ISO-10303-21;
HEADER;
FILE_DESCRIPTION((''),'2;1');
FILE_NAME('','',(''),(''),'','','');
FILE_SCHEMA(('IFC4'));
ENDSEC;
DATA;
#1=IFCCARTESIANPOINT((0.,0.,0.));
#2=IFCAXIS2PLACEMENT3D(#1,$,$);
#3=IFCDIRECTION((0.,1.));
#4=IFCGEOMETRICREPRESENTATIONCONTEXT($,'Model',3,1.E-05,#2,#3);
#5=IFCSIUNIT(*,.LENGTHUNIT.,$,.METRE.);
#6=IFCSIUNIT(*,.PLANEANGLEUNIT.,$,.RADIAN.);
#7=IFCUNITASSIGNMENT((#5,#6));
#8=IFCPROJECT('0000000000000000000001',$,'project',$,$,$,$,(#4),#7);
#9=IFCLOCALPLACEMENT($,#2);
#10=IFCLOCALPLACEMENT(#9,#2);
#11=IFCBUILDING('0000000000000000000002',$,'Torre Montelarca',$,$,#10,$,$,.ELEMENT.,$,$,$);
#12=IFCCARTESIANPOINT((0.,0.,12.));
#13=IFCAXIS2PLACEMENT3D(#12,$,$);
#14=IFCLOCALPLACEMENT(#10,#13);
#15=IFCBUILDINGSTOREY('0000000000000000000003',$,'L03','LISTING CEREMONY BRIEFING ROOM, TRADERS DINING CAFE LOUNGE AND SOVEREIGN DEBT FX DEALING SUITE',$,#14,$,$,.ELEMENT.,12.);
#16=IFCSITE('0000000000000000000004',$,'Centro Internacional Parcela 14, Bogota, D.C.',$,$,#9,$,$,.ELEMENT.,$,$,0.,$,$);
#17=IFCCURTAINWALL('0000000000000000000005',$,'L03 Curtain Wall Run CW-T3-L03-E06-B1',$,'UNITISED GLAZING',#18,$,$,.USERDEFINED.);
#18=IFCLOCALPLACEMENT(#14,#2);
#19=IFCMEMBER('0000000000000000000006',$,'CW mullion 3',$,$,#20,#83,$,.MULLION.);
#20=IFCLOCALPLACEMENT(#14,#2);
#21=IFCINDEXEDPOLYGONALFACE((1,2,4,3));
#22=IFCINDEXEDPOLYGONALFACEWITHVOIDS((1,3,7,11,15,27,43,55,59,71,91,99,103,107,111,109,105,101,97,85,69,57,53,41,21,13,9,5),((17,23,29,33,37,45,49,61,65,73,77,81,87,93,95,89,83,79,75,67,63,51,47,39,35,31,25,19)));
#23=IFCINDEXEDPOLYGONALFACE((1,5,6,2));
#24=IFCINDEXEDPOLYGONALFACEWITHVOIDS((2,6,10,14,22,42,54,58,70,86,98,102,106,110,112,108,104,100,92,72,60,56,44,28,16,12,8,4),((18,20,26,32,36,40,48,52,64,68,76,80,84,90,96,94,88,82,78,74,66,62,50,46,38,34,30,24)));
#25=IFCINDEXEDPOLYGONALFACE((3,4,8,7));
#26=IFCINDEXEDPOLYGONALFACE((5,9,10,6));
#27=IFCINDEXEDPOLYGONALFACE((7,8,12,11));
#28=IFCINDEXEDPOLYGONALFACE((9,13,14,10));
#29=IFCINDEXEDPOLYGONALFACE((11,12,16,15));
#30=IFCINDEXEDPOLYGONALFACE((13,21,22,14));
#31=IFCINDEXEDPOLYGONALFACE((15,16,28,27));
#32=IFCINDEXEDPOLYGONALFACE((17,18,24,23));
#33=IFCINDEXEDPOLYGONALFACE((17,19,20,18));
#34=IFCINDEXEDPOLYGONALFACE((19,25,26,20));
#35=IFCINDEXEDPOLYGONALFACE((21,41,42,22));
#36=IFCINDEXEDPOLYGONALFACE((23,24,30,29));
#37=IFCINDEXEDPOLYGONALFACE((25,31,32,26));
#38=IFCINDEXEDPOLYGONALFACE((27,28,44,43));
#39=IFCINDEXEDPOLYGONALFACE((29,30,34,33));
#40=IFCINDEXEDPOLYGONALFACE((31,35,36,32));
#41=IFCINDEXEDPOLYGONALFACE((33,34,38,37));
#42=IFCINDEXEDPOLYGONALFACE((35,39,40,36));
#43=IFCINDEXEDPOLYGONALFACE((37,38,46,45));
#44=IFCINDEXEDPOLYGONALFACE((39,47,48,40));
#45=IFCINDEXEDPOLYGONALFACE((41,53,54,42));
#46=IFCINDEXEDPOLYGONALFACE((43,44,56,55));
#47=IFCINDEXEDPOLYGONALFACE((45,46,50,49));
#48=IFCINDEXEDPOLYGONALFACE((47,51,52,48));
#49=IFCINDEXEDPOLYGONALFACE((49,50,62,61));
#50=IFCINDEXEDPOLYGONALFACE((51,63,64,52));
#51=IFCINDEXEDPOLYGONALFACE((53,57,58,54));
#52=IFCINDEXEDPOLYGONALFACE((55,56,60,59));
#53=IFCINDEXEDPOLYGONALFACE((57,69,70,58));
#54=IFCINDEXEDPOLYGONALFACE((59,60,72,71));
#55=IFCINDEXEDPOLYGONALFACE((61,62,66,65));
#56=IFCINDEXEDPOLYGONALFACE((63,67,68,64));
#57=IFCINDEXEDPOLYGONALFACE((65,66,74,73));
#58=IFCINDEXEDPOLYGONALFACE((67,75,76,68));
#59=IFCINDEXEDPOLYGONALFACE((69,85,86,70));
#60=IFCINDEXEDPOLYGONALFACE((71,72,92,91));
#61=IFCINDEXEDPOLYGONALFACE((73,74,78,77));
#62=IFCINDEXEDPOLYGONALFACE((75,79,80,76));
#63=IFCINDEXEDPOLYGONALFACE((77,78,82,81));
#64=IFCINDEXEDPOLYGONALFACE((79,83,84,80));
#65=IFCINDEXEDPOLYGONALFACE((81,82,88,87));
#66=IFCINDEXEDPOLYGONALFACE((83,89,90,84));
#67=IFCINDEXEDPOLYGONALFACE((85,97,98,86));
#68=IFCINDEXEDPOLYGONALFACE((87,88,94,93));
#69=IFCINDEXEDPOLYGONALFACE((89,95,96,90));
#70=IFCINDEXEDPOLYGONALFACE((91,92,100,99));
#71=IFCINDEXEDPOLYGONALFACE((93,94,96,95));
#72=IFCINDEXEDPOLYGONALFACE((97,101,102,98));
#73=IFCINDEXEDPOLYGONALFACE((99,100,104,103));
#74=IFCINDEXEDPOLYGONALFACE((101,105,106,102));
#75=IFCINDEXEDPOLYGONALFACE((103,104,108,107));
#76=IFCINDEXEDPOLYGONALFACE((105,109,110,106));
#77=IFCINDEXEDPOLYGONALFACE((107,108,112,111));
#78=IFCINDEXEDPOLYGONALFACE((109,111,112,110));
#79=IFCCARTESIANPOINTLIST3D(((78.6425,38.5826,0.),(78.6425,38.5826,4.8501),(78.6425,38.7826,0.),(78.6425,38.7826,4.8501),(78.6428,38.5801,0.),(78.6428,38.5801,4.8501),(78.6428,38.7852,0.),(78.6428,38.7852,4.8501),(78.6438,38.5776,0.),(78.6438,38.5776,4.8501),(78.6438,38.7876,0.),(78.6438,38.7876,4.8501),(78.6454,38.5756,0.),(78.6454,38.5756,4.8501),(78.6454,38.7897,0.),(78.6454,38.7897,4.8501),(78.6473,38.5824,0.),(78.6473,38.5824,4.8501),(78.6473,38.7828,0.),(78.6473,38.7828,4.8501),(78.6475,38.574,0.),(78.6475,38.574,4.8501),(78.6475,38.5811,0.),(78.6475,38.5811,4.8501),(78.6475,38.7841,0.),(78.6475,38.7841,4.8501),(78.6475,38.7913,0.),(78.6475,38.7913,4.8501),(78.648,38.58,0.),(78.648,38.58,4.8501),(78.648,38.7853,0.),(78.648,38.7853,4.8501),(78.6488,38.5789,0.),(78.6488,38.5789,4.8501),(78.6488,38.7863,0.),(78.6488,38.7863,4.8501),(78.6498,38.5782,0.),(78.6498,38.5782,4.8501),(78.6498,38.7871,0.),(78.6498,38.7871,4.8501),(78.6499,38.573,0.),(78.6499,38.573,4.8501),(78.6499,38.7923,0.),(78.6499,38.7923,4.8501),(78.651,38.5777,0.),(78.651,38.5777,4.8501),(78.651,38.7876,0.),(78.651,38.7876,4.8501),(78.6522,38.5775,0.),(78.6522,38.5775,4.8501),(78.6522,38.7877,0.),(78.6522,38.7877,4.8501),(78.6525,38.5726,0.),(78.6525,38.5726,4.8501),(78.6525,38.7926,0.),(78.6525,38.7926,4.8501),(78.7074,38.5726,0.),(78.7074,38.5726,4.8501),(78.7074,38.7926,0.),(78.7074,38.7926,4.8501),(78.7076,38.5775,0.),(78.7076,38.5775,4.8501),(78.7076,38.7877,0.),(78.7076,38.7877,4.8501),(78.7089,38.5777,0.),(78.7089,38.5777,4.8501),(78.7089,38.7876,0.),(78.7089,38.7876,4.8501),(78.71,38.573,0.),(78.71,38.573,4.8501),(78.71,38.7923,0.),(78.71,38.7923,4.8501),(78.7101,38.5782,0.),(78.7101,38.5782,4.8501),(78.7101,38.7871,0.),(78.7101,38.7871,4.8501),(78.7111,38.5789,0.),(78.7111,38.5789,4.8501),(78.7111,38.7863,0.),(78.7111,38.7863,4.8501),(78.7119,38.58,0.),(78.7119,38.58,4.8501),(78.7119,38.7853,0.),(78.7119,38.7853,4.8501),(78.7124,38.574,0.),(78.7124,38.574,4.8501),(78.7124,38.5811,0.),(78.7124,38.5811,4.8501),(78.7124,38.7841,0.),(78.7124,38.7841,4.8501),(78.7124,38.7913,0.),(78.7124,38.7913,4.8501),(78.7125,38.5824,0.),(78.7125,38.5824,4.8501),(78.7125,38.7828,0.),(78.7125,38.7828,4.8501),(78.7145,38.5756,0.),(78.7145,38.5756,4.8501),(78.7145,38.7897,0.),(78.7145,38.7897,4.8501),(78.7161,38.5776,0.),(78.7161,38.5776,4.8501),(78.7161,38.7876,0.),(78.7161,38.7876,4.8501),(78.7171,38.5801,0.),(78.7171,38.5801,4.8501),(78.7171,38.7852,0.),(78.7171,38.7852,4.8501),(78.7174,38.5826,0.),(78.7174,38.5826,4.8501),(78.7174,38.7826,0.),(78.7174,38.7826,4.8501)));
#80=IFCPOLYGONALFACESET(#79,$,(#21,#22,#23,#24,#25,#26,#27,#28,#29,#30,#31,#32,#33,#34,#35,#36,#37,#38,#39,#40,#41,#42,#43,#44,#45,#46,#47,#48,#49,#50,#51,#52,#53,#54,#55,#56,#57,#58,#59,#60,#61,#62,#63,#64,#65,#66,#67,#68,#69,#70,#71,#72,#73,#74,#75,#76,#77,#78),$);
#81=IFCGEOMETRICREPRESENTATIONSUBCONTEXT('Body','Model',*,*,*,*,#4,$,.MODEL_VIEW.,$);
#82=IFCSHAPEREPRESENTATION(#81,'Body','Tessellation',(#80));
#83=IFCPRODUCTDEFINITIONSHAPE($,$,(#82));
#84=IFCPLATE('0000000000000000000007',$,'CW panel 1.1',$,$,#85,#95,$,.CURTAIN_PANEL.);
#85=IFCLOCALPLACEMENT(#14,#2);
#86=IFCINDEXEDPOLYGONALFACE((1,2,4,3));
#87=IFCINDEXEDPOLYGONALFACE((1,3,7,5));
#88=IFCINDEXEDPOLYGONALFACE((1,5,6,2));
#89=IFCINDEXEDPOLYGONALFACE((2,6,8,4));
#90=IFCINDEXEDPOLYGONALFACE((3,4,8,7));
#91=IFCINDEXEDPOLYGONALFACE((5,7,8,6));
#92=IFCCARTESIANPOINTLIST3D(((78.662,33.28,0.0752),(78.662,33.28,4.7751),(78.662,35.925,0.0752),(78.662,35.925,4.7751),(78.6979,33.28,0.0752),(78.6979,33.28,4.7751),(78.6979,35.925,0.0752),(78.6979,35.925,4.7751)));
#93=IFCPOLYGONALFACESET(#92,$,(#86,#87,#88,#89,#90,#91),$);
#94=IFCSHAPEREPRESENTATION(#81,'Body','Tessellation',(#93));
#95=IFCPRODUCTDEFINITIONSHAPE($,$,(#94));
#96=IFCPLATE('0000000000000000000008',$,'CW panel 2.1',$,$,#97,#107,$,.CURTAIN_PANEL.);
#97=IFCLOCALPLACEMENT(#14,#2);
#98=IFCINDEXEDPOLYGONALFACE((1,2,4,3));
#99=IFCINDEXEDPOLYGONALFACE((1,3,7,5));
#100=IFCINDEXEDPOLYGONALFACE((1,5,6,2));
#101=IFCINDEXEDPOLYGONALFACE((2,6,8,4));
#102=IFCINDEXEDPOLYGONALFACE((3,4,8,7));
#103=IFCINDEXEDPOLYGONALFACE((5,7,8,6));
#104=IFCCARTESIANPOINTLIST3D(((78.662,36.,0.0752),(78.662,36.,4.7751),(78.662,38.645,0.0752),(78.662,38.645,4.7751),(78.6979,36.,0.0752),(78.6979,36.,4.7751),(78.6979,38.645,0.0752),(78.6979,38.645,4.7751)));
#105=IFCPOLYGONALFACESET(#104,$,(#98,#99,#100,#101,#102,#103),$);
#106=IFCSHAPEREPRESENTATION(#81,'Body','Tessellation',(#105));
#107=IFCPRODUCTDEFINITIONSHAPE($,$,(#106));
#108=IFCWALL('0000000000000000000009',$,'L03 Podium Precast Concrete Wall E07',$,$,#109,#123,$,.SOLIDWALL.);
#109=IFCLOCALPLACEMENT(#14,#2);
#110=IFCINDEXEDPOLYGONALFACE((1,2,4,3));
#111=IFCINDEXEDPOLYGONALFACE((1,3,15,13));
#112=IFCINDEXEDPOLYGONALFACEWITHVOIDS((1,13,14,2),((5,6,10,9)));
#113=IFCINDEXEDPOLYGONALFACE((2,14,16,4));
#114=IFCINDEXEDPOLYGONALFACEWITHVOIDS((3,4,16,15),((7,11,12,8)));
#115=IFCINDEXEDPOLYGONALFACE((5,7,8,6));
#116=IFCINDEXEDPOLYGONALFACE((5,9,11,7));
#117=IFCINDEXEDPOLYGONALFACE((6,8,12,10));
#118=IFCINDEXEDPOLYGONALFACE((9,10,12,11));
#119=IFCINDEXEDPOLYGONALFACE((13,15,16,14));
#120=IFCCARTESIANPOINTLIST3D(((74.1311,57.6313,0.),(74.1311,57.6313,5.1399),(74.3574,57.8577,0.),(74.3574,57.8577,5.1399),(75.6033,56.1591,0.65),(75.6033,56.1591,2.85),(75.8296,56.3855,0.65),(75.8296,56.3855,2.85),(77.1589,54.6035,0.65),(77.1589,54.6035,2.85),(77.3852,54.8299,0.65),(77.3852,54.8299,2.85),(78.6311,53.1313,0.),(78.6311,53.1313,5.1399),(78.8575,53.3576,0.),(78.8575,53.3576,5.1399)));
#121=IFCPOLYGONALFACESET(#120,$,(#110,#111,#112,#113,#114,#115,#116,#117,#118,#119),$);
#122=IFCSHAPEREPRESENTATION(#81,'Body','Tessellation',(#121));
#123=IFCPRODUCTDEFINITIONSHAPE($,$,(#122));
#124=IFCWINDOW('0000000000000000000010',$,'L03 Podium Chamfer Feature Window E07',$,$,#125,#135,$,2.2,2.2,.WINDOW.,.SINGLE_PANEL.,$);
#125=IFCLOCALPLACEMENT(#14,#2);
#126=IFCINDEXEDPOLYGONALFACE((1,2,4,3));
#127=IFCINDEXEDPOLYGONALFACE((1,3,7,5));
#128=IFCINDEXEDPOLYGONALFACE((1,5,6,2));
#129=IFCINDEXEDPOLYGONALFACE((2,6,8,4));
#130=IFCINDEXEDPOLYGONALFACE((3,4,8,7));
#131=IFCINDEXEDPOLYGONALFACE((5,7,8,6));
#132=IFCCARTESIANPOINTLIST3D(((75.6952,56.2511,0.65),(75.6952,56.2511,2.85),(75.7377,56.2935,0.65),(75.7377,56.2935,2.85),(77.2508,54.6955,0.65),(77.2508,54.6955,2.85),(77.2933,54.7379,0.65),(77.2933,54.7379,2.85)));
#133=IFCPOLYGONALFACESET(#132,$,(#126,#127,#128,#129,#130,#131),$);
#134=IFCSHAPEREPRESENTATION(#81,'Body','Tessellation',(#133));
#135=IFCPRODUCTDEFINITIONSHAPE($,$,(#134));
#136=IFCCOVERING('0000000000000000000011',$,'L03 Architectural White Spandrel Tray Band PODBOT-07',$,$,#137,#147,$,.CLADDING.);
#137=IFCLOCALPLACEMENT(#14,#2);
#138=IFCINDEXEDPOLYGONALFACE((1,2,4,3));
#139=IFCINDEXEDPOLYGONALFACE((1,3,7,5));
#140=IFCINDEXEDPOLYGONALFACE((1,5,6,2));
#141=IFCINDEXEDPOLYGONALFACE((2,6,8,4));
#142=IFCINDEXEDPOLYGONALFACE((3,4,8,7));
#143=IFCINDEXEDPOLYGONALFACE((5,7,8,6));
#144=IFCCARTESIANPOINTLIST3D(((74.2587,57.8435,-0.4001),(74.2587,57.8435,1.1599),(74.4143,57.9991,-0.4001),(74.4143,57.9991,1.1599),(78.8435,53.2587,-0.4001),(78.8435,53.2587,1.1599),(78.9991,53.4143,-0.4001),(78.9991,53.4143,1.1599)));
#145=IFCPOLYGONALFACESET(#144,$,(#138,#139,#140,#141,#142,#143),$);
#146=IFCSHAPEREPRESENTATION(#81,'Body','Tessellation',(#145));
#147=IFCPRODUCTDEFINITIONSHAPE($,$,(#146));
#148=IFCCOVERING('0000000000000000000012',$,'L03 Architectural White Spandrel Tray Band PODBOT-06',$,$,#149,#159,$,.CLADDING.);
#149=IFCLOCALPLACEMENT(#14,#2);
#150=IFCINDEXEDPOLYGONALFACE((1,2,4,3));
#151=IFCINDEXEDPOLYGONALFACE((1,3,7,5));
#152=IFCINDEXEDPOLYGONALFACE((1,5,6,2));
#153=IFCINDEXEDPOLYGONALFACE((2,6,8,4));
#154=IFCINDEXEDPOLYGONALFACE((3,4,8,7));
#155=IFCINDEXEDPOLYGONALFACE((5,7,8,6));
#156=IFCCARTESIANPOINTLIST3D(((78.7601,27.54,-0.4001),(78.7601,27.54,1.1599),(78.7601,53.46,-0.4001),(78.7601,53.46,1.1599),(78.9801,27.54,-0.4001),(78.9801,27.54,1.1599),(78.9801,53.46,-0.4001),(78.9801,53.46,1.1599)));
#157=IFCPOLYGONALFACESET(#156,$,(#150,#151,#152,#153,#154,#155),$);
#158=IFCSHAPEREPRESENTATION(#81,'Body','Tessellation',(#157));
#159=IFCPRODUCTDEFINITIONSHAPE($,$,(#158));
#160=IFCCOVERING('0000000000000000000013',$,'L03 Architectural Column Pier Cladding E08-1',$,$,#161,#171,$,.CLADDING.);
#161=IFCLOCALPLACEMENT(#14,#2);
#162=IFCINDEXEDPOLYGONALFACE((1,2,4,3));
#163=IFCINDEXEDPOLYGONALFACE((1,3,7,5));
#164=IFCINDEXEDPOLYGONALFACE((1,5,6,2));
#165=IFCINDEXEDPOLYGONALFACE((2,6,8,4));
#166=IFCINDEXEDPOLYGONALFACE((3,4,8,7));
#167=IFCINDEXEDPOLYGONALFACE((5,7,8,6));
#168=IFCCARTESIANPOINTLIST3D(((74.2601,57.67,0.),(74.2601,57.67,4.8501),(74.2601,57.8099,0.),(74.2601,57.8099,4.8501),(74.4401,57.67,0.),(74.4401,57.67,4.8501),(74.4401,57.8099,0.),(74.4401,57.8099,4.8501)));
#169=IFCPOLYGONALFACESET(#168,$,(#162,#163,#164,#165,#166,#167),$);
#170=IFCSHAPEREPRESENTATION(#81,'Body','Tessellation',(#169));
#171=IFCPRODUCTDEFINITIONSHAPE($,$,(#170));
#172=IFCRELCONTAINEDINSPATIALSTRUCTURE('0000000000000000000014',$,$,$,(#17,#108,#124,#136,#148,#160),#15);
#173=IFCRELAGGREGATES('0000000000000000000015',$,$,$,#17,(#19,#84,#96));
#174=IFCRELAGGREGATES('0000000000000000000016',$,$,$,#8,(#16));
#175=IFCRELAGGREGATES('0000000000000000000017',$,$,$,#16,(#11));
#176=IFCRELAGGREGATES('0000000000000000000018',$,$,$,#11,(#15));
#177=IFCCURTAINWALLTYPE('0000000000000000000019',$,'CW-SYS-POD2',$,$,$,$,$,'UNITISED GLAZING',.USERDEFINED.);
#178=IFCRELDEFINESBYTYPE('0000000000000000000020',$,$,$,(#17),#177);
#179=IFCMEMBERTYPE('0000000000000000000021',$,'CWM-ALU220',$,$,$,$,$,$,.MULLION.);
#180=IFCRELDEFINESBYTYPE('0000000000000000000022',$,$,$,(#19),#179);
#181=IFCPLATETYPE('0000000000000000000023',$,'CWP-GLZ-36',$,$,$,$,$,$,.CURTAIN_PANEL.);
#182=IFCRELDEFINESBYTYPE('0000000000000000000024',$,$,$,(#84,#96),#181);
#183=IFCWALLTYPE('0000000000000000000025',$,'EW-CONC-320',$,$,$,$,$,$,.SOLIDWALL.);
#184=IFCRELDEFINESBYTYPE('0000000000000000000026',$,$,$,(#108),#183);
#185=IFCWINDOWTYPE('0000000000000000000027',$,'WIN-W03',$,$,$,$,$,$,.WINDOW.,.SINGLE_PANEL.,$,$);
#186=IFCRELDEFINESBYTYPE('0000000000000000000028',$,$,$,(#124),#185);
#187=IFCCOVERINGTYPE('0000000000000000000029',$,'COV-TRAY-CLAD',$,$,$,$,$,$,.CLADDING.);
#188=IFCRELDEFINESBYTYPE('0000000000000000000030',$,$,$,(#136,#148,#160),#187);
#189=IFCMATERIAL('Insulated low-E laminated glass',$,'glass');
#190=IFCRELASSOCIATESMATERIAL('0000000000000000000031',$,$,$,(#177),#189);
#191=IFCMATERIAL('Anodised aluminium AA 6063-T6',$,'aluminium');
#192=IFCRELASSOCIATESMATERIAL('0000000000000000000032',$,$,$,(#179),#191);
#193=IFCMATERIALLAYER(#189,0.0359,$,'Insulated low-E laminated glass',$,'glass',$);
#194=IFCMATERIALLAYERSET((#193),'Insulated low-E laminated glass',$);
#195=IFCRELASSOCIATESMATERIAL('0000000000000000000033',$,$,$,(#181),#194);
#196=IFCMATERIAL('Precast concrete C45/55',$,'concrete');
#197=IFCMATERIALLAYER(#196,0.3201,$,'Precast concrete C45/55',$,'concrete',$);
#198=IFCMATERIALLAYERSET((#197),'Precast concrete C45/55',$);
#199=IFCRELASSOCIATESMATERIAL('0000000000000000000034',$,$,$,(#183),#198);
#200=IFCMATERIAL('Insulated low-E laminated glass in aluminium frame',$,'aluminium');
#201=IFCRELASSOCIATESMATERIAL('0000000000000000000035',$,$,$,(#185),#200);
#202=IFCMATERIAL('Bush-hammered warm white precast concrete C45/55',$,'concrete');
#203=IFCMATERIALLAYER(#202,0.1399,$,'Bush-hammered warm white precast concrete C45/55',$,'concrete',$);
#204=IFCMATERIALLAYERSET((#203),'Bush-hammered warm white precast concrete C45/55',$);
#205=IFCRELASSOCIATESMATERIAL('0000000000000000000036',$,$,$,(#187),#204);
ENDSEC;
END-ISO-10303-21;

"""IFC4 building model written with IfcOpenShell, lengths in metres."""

from ifc_helpers import new_model, si_unit, direction, frame, frame_2d, origin, origin_2d, place, context, subcontext, project, spatial, rectangle, hollow_rectangle, extrude, source, transform, mapped, material, layer, layer_set, material_profile, profile_set, type_object, element, fill, aggregate, save


model = new_model("IFC4")

# Units and contexts
model_context = context("Model", 3, precision=1e-05, world=origin(), true_north=direction((0.0, 1.0)))
body_context = subcontext(model_context, "Body", "Model", "MODEL_VIEW")
ifc_project = project(units=[si_unit("LENGTHUNIT", "METRE"), si_unit("PLANEANGLEUNIT", "RADIAN")], contexts=[model_context])

# Site, building, storey
site_placement = place(None, origin())
site = spatial("IfcSite", under=ifc_project, at=site_placement, Name="Centro Internacional Parcela 14, Bogota, D.C.", CompositionType="ELEMENT", RefElevation=0.0)
building_placement = place(site_placement, origin())
building = spatial("IfcBuilding", under=site, at=building_placement, Name="Torre Montelarca", CompositionType="ELEMENT")
storey_placement = place(building_placement, frame((0.0, 0.0, 12.0)))
storey = spatial("IfcBuildingStorey", under=building, at=storey_placement, Name="L03", Description="LISTING CEREMONY BRIEFING ROOM, TRADERS DINING CAFE LOUNGE AND SOVEREIGN DEBT FX DEALING SUITE", CompositionType="ELEMENT", Elevation=12.0)

# Curtain wall, member, plates
ifc_material_1 = material(Name="Insulated low-E laminated glass", Category="glass")
curtain_wall_type = type_object("IfcCurtainWallType", Name="CW-SYS-POD2", ElementType="UNITISED GLAZING", PredefinedType="USERDEFINED", material=ifc_material_1)
curtain_wall_placement = place(storey_placement, origin())
curtain_wall = element("IfcCurtainWall", 1, at=curtain_wall_placement, inside=storey, type_object=curtain_wall_type, Name="L03 Curtain Wall Run CW-T3-L03-E06-B1", ObjectType="UNITISED GLAZING", PredefinedType="USERDEFINED")
ifc_material_2 = material(Name="Anodised aluminium AA 6063-T6", Category="aluminium")
ifc_material_profile_1 = material_profile(ifc_material_2, hollow_rectangle(XDim=0.075, YDim=0.22, WallThickness=0.0049, InnerFilletRadius=0.0049, OuterFilletRadius=0.01, at=origin_2d()), Name="ALU75X220X5", Category="aluminium")
ifc_profile_set_1 = profile_set([ifc_material_profile_1], Name="Anodised aluminium AA 6063-T6")
member_type_1 = type_object("IfcMemberType", Name="CWM-ALU220", PredefinedType="MULLION", material=ifc_profile_set_1)
shared_shape_1 = source(origin(), body_context, "Body", "SweptSolid", [
    extrude(hollow_rectangle(XDim=0.075, YDim=0.22, WallThickness=0.0049, InnerFilletRadius=0.0049, OuterFilletRadius=0.01, at=origin_2d()), origin(), (0.0, 0.0, 1.0), 4.8501),
])
member_1_placement = place(storey_placement, frame((78.6799, 38.6826, 0.0), z_axis=(0.0, 0.0, 1.0), x_axis=(-1.0, 0.0, 0.0)))
member_1 = element("IfcMember", 2, at=member_1_placement, type_object=member_type_1, Name="CW mullion 3", PredefinedType="MULLION", context=body_context, shape_type="MappedRepresentation", body=[
    mapped(shared_shape_1, transform((0.0, 0.0, 0.0), scale=1.0)),
])
ifc_layer_1 = layer(ifc_material_1, 0.0359, Name="Insulated low-E laminated glass", Category="glass")
ifc_layer_set_1 = layer_set([ifc_layer_1], Name="Insulated low-E laminated glass")
plate_type = type_object("IfcPlateType", Name="CWP-GLZ-36", PredefinedType="CURTAIN_PANEL", material=ifc_layer_set_1)
shared_shape_2 = source(origin(), body_context, "Body", "SweptSolid", [
    extrude(rectangle(XDim=2.645, YDim=0.0359, at=origin_2d()), origin(), (0.0, 0.0, 1.0), 4.7),
])
plate_1_placement = place(storey_placement, frame((78.6799, 34.6025, 0.0752), z_axis=(0.0, 0.0, 1.0), x_axis=(0.0, 1.0, 0.0)))
plate_1 = element("IfcPlate", 3, at=plate_1_placement, type_object=plate_type, Name="CW panel 1.1", PredefinedType="CURTAIN_PANEL", context=body_context, shape_type="MappedRepresentation", body=[
    mapped(shared_shape_2, transform((0.0, 0.0, 0.0), scale=1.0)),
])
plate_2_placement = place(storey_placement, frame((78.6799, 37.3225, 0.0752), z_axis=(0.0, 0.0, 1.0), x_axis=(0.0, 1.0, 0.0)))
plate_2 = element("IfcPlate", 4, at=plate_2_placement, type_object=plate_type, Name="CW panel 2.1", PredefinedType="CURTAIN_PANEL", context=body_context, shape_type="MappedRepresentation", body=[
    mapped(shared_shape_2, transform((0.0, 0.0, 0.0), scale=1.0)),
])
aggregate(curtain_wall, [member_1, plate_1, plate_2])

# Wall, opening, window
ifc_material_3 = material(Name="Precast concrete C45/55", Category="concrete")
ifc_layer_2 = layer(ifc_material_3, 0.3201, Name="Precast concrete C45/55", Category="concrete")
ifc_layer_set_2 = layer_set([ifc_layer_2], Name="Precast concrete C45/55")
wall_type = type_object("IfcWallType", Name="EW-CONC-320", PredefinedType="SOLIDWALL", material=ifc_layer_set_2)
wall_placement = place(storey_placement, frame((78.7444, 53.2444, 0.0), z_axis=(0.0, 0.0, 1.0), x_axis=(-0.707107, 0.707107, 0.0)))
wall = element("IfcWall", 5, at=wall_placement, inside=storey, type_object=wall_type, Name="L03 Podium Precast Concrete Wall E07", PredefinedType="SOLIDWALL", context=body_context, shape_type="SweptSolid", body=[
    extrude(rectangle(XDim=6.364, YDim=0.3201, at=frame_2d((3.1821, 0.0))), origin(), (0.0, 0.0, 1.0), 5.1399),
])
opening_placement = place(wall_placement, frame((2.082, 0.0, 0.6499)))
opening = element("IfcOpeningElement", 6, at=opening_placement, cuts=wall, PredefinedType="OPENING", context=body_context, shape_type="SweptSolid", body=[
    extrude(rectangle(XDim=2.2, YDim=2.2, at=frame_2d((1.1001, 1.1001))), frame((0.0, 0.1699, 0.0), z_axis=(0.0, -1.0, 0.0), x_axis=(1.0, 0.0, 0.0)), (0.0, 0.0, 1.0), 0.3401),
])
ifc_material_4 = material(Name="Insulated low-E laminated glass in aluminium frame", Category="aluminium")
window_type = type_object("IfcWindowType", Name="WIN-W03", PartitioningType="SINGLE_PANEL", PredefinedType="WINDOW", material=ifc_material_4)
shared_shape_3 = source(origin(), body_context, "Body", "SweptSolid", [
    extrude(rectangle(XDim=2.2, YDim=2.2, at=frame_2d((1.1001, 1.1001))), frame((0.0, 0.03, 0.0), z_axis=(0.0, -1.0, 0.0), x_axis=(1.0, 0.0, 0.0)), (0.0, 0.0, 1.0), 0.0601),
])
window_placement = place(opening_placement, origin())
window = element("IfcWindow", 7, at=window_placement, inside=storey, type_object=window_type, Name="L03 Podium Chamfer Feature Window E07", OverallHeight=2.2, OverallWidth=2.2, PartitioningType="SINGLE_PANEL", PredefinedType="WINDOW", context=body_context, shape_type="MappedRepresentation", body=[
    mapped(shared_shape_3, transform((0.0, 0.0, 0.0), scale=1.0)),
])
fill(opening, window)

# Coverings
ifc_material_5 = material(Name="Bush-hammered warm white precast concrete C45/55", Category="concrete")
ifc_layer_3 = layer(ifc_material_5, 0.1399, Name="Bush-hammered warm white precast concrete C45/55", Category="concrete")
ifc_layer_set_3 = layer_set([ifc_layer_3], Name="Bush-hammered warm white precast concrete C45/55")
covering_type = type_object("IfcCoveringType", Name="COV-TRAY-CLAD", PredefinedType="CLADDING", material=ifc_layer_set_3)
shared_shape_4 = source(origin(), body_context, "Body", "SweptSolid", [
    extrude(rectangle(XDim=6.4839, YDim=0.22, at=origin_2d()), origin(), (0.0, 0.0, 1.0), 1.5601),
])
covering_1_placement = place(storey_placement, frame((76.6289, 55.6289, -0.4001), z_axis=(0.0, 0.0, 1.0), x_axis=(-0.707107, 0.707107, 0.0)))
element("IfcCovering", 8, at=covering_1_placement, inside=storey, type_object=covering_type, Name="L03 Architectural White Spandrel Tray Band PODBOT-07", PredefinedType="CLADDING", context=body_context, shape_type="MappedRepresentation", body=[
    mapped(shared_shape_4, transform((0.0, 0.0, 0.0), scale=1.0)),
])
shared_shape_5 = source(origin(), body_context, "Body", "SweptSolid", [
    extrude(rectangle(XDim=25.9199, YDim=0.22, at=origin_2d()), origin(), (0.0, 0.0, 1.0), 1.5601),
])
covering_2_placement = place(storey_placement, frame((78.8701, 40.5, -0.4001), z_axis=(0.0, 0.0, 1.0), x_axis=(0.0, 1.0, 0.0)))
element("IfcCovering", 9, at=covering_2_placement, inside=storey, type_object=covering_type, Name="L03 Architectural White Spandrel Tray Band PODBOT-06", PredefinedType="CLADDING", context=body_context, shape_type="MappedRepresentation", body=[
    mapped(shared_shape_5, transform((0.0, 0.0, 0.0), scale=1.0)),
])
shared_shape_6 = source(origin(), body_context, "Body", "SweptSolid", [
    extrude(rectangle(XDim=0.1799, YDim=0.1399, at=origin_2d()), origin(), (0.0, 0.0, 1.0), 4.8501),
])
covering_3_placement = place(storey_placement, frame((74.3501, 57.74, 0.0), z_axis=(0.0, 0.0, 1.0), x_axis=(-1.0, 0.0, 0.0)))
element("IfcCovering", 10, at=covering_3_placement, inside=storey, type_object=covering_type, Name="L03 Architectural Column Pier Cladding E08-1", PredefinedType="CLADDING", context=body_context, shape_type="MappedRepresentation", body=[
    mapped(shared_shape_6, transform((0.0, 0.0, 0.0), scale=1.0)),
])

save(model, "model.ifc")
